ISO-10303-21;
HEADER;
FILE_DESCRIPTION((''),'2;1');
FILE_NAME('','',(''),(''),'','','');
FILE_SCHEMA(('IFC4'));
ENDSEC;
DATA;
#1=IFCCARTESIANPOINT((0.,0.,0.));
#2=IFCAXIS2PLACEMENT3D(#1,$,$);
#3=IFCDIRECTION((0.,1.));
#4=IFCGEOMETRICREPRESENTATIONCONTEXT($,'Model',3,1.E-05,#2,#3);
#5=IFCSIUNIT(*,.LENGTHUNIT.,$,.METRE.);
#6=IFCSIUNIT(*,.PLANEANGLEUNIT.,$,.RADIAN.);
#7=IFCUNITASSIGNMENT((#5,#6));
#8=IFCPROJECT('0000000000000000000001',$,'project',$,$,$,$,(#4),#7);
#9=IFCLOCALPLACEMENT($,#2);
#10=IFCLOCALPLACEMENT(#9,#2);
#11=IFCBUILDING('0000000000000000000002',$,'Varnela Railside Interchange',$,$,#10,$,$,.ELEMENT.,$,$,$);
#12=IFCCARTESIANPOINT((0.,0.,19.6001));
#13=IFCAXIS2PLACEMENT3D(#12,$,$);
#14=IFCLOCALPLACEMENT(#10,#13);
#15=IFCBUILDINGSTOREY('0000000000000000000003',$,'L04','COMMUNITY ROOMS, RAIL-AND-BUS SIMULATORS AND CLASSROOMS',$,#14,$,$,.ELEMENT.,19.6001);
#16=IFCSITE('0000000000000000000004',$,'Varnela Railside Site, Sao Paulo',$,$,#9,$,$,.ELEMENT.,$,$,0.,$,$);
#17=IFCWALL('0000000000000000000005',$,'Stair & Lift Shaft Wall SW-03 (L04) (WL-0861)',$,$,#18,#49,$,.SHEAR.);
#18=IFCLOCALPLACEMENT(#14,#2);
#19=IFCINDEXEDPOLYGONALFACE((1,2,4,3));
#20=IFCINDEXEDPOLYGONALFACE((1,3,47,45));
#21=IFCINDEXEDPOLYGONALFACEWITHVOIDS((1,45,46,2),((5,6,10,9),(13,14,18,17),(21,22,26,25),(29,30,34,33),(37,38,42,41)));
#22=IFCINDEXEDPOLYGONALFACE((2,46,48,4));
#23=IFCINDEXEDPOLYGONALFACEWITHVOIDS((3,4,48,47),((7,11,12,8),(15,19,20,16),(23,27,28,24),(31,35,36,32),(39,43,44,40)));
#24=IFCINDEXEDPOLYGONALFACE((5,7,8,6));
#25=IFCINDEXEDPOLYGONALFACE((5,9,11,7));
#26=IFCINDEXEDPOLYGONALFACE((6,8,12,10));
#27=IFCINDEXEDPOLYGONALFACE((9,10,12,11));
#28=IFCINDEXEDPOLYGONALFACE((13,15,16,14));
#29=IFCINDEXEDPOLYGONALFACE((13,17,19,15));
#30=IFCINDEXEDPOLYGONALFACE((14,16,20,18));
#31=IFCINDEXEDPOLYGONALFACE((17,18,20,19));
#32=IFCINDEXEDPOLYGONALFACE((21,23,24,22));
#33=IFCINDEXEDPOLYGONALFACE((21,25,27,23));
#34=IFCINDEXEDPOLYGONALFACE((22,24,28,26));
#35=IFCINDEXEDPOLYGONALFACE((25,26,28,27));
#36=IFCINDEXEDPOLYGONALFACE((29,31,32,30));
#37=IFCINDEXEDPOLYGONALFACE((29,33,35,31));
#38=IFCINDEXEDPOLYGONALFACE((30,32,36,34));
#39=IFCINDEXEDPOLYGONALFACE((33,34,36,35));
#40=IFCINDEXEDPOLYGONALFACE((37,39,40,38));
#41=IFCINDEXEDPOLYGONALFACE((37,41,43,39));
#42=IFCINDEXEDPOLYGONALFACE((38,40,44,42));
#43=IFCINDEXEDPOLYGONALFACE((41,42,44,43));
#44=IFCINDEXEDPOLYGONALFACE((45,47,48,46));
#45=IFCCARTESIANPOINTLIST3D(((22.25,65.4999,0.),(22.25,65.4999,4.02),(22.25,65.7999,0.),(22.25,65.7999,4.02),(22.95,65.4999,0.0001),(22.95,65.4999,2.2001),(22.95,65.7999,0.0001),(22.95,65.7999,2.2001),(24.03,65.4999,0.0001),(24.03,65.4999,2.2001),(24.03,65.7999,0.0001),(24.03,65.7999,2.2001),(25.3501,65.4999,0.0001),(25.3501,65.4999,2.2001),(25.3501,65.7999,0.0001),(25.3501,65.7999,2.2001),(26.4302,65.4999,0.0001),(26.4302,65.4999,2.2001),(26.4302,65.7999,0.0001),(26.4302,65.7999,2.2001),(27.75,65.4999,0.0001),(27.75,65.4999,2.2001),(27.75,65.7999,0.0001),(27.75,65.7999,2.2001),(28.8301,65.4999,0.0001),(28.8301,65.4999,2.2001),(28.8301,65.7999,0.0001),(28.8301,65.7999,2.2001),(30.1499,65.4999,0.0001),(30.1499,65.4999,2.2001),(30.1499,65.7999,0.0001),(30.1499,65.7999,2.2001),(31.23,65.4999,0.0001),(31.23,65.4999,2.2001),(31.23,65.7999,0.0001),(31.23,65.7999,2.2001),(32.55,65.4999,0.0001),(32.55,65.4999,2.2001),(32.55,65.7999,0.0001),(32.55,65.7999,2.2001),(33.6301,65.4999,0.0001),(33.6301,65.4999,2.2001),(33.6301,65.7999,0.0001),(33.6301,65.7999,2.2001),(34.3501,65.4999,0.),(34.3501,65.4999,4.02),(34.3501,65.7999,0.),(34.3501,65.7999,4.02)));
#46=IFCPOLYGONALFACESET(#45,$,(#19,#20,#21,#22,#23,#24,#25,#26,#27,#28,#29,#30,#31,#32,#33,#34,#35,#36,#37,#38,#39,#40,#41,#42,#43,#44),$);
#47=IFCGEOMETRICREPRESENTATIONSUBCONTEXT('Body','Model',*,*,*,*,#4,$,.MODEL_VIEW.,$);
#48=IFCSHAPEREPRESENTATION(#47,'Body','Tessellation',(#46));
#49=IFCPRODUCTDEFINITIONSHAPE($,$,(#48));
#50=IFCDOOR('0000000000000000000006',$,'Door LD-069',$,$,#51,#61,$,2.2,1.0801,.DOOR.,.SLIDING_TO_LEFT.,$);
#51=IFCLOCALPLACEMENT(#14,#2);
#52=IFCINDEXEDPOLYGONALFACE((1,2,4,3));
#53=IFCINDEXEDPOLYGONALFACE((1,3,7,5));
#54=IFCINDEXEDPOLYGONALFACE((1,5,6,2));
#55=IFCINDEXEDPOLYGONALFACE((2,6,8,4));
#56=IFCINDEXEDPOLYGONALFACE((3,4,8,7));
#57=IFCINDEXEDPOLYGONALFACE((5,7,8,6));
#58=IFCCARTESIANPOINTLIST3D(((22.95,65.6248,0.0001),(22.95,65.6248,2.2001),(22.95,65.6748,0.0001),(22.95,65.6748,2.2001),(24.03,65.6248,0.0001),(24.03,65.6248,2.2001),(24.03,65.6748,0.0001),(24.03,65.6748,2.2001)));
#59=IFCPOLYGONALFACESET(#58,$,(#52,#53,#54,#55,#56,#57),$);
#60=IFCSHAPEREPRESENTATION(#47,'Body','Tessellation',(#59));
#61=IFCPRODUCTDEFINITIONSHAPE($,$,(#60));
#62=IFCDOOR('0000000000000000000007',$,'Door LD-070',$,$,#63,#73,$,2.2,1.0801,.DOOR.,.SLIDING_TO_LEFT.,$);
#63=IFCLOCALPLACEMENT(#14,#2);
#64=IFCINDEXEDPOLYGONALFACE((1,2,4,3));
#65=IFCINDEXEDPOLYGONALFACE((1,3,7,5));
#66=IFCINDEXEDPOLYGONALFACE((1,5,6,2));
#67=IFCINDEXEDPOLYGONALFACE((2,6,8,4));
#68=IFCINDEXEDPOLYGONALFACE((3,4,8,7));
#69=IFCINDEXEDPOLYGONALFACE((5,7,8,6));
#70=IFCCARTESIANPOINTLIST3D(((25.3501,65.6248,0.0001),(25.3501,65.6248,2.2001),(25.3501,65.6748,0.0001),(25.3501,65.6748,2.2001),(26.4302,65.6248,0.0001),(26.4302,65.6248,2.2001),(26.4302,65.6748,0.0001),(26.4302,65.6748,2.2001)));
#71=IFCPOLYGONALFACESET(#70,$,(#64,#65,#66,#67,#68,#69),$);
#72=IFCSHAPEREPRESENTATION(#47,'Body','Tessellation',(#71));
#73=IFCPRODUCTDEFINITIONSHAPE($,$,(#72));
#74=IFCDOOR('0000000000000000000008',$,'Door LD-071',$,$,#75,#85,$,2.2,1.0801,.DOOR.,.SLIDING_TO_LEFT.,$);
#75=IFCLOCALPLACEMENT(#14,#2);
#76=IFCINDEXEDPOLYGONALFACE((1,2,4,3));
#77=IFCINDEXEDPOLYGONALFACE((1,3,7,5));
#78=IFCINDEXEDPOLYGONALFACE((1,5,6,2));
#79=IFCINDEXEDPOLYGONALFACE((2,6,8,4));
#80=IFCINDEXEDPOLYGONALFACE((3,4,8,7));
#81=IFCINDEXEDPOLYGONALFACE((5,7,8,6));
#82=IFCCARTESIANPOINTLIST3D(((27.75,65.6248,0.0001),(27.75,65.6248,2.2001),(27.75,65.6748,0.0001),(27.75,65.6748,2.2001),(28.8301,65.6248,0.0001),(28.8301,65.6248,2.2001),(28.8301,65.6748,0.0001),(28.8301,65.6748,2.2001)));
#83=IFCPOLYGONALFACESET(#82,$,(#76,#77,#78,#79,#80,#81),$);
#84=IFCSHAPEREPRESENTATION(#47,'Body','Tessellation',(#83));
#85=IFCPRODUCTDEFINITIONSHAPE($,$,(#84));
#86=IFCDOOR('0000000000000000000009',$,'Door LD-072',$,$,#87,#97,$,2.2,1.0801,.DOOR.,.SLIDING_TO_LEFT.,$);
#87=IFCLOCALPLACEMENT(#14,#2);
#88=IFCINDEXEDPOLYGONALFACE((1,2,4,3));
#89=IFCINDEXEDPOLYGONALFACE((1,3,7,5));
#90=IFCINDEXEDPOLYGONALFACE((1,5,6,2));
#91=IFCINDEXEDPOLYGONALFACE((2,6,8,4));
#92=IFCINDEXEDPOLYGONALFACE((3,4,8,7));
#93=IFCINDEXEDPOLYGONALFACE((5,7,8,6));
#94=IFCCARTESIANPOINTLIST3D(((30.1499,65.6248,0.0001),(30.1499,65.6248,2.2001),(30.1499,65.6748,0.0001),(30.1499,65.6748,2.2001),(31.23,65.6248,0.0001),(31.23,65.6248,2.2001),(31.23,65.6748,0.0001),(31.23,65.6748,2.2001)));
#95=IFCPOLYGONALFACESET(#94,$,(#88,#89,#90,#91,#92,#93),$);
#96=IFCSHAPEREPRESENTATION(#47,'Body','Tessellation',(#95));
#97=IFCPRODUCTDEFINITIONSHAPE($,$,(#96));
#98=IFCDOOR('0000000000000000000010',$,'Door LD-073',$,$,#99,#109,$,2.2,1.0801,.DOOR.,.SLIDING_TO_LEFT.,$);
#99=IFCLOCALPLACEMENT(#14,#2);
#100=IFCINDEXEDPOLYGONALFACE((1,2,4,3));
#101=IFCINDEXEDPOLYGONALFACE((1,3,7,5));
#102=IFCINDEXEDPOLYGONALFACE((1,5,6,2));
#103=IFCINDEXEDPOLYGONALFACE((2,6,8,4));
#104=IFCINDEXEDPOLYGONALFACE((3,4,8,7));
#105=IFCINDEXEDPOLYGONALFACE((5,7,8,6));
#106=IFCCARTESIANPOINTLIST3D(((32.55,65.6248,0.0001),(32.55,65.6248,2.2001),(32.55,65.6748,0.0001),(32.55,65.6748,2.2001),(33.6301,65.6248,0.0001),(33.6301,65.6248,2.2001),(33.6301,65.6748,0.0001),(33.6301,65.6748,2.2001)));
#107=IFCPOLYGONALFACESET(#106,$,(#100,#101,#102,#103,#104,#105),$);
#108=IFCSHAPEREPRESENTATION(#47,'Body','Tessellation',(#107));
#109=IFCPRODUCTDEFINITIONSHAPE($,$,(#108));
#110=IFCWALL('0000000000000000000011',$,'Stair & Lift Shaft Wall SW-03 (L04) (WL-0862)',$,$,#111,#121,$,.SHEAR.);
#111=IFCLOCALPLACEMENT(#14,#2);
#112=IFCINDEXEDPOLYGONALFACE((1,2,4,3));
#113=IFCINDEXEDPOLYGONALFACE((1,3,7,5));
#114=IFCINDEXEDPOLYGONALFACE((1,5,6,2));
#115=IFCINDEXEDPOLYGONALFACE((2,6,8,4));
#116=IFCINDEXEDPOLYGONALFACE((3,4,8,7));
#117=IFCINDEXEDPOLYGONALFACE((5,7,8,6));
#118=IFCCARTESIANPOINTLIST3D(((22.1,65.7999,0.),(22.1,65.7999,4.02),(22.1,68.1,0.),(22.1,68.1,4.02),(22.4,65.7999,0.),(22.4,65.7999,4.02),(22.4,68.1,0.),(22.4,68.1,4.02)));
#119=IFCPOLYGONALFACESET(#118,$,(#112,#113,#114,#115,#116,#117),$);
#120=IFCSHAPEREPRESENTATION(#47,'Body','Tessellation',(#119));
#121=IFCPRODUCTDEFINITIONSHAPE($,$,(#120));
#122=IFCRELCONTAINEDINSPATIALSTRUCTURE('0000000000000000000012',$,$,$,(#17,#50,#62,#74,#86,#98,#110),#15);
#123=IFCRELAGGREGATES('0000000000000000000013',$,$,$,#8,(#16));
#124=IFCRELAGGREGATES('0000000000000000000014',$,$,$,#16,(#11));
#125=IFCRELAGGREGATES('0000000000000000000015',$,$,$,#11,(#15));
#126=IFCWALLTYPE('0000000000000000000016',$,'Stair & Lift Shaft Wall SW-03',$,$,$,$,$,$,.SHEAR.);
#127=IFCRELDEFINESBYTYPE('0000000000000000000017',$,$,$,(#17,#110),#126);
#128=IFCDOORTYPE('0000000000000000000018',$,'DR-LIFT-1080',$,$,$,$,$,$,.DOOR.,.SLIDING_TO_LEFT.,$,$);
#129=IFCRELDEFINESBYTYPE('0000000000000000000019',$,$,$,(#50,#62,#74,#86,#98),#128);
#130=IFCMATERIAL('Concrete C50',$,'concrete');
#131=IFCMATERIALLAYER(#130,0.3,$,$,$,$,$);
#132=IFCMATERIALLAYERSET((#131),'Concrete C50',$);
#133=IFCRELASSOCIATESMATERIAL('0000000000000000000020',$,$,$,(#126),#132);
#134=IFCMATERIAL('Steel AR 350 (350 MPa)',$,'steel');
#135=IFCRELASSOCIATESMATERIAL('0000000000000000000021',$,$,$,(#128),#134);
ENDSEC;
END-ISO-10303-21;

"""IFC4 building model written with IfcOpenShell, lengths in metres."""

from ifc_helpers import new_model, si_unit, direction, frame, frame_2d, origin, place, context, subcontext, project, spatial, rectangle, extrude, material, layer, layer_set, type_object, element, fill, save


model = new_model("IFC4")

# Units and contexts
model_context = context("Model", 3, precision=1e-05, world=origin(), true_north=direction((0.0, 1.0)))
body_context = subcontext(model_context, "Body", "Model", "MODEL_VIEW")
ifc_project = project(units=[si_unit("LENGTHUNIT", "METRE"), si_unit("PLANEANGLEUNIT", "RADIAN")], contexts=[model_context])

# Site, building, storey
site_placement = place(None, origin())
site = spatial("IfcSite", under=ifc_project, at=site_placement, Name="Varnela Railside Site, Sao Paulo", CompositionType="ELEMENT", RefElevation=0.0)
building_placement = place(site_placement, origin())
building = spatial("IfcBuilding", under=site, at=building_placement, Name="Varnela Railside Interchange", CompositionType="ELEMENT")
storey_placement = place(building_placement, frame((0.0, 0.0, 19.6001)))
storey = spatial("IfcBuildingStorey", under=building, at=storey_placement, Name="L04", Description="COMMUNITY ROOMS, RAIL-AND-BUS SIMULATORS AND CLASSROOMS", CompositionType="ELEMENT", Elevation=19.6001)

# Shared definitions
ifc_material_1 = material(Name="Concrete C50", Category="concrete")
ifc_layer = layer(ifc_material_1, 0.3)
ifc_layer_set = layer_set([ifc_layer], Name="Concrete C50")
wall_type = type_object("IfcWallType", Name="Stair & Lift Shaft Wall SW-03", PredefinedType="SHEAR", material=ifc_layer_set)
ifc_material_2 = material(Name="Steel AR 350 (350 MPa)", Category="steel")
door_type = type_object("IfcDoorType", Name="DR-LIFT-1080", OperationType="SLIDING_TO_LEFT", PredefinedType="DOOR", material=ifc_material_2)

# Wall, openings, doors
wall_1_placement = place(storey_placement, frame((22.25, 65.6499, 0.0), z_axis=(0.0, 0.0, 1.0), x_axis=(1.0, 0.0, 0.0)))
wall_1 = element("IfcWall", 1, at=wall_1_placement, inside=storey, type_object=wall_type, Name="Stair & Lift Shaft Wall SW-03 (L04) (WL-0861)", PredefinedType="SHEAR", context=body_context, shape_type="SweptSolid", body=[
    extrude(rectangle(XDim=12.1001, YDim=0.3, at=frame_2d((6.05, 0.0))), origin(), (0.0, 0.0, 1.0), 4.02),
])
opening_1_placement = place(wall_1_placement, frame((0.7, 0.0, 0.0)))
opening_1 = element("IfcOpeningElement", 2, at=opening_1_placement, cuts=wall_1, PredefinedType="OPENING", context=body_context, shape_type="SweptSolid", body=[
    extrude(rectangle(XDim=1.0801, YDim=2.2, at=frame_2d((0.54, 1.1001))), frame((0.0, 0.1599, 0.0), z_axis=(0.0, -1.0, 0.0), x_axis=(1.0, 0.0, 0.0)), (0.0, 0.0, 1.0), 0.3201),
])
opening_2_placement = place(wall_1_placement, frame((3.1001, 0.0, 0.0)))
opening_2 = element("IfcOpeningElement", 3, at=opening_2_placement, cuts=wall_1, PredefinedType="OPENING", context=body_context, shape_type="SweptSolid", body=[
    extrude(rectangle(XDim=1.0801, YDim=2.2, at=frame_2d((0.54, 1.1001))), frame((0.0, 0.1599, 0.0), z_axis=(0.0, -1.0, 0.0), x_axis=(1.0, 0.0, 0.0)), (0.0, 0.0, 1.0), 0.3201),
])
opening_3_placement = place(wall_1_placement, frame((5.5, 0.0, 0.0)))
opening_3 = element("IfcOpeningElement", 4, at=opening_3_placement, cuts=wall_1, PredefinedType="OPENING", context=body_context, shape_type="SweptSolid", body=[
    extrude(rectangle(XDim=1.0801, YDim=2.2, at=frame_2d((0.54, 1.1001))), frame((0.0, 0.1599, 0.0), z_axis=(0.0, -1.0, 0.0), x_axis=(1.0, 0.0, 0.0)), (0.0, 0.0, 1.0), 0.3201),
])
opening_4_placement = place(wall_1_placement, frame((7.8999, 0.0, 0.0)))
opening_4 = element("IfcOpeningElement", 5, at=opening_4_placement, cuts=wall_1, PredefinedType="OPENING", context=body_context, shape_type="SweptSolid", body=[
    extrude(rectangle(XDim=1.0801, YDim=2.2, at=frame_2d((0.54, 1.1001))), frame((0.0, 0.1599, 0.0), z_axis=(0.0, -1.0, 0.0), x_axis=(1.0, 0.0, 0.0)), (0.0, 0.0, 1.0), 0.3201),
])
opening_5_placement = place(wall_1_placement, frame((10.3, 0.0, 0.0)))
opening_5 = element("IfcOpeningElement", 6, at=opening_5_placement, cuts=wall_1, PredefinedType="OPENING", context=body_context, shape_type="SweptSolid", body=[
    extrude(rectangle(XDim=1.0801, YDim=2.2, at=frame_2d((0.54, 1.1001))), frame((0.0, 0.1599, 0.0), z_axis=(0.0, -1.0, 0.0), x_axis=(1.0, 0.0, 0.0)), (0.0, 0.0, 1.0), 0.3201),
])
door_1_placement = place(opening_1_placement, origin())
door_1 = element("IfcDoor", 7, at=door_1_placement, inside=storey, type_object=door_type, Name="Door LD-069", OperationType="SLIDING_TO_LEFT", OverallHeight=2.2, OverallWidth=1.0801, PredefinedType="DOOR", context=body_context, shape_type="SweptSolid", body=[
    extrude(rectangle(XDim=1.0801, YDim=2.2, at=frame_2d((0.54, 1.1001))), frame((0.0, 0.0249, 0.0), z_axis=(0.0, -1.0, 0.0), x_axis=(1.0, 0.0, 0.0)), (0.0, 0.0, 1.0), 0.05),
])
fill(opening_1, door_1)
door_2_placement = place(opening_2_placement, origin())
door_2 = element("IfcDoor", 8, at=door_2_placement, inside=storey, type_object=door_type, Name="Door LD-070", OperationType="SLIDING_TO_LEFT", OverallHeight=2.2, OverallWidth=1.0801, PredefinedType="DOOR", context=body_context, shape_type="SweptSolid", body=[
    extrude(rectangle(XDim=1.0801, YDim=2.2, at=frame_2d((0.54, 1.1001))), frame((0.0, 0.0249, 0.0), z_axis=(0.0, -1.0, 0.0), x_axis=(1.0, 0.0, 0.0)), (0.0, 0.0, 1.0), 0.05),
])
fill(opening_2, door_2)
door_3_placement = place(opening_3_placement, origin())
door_3 = element("IfcDoor", 9, at=door_3_placement, inside=storey, type_object=door_type, Name="Door LD-071", OperationType="SLIDING_TO_LEFT", OverallHeight=2.2, OverallWidth=1.0801, PredefinedType="DOOR", context=body_context, shape_type="SweptSolid", body=[
    extrude(rectangle(XDim=1.0801, YDim=2.2, at=frame_2d((0.54, 1.1001))), frame((0.0, 0.0249, 0.0), z_axis=(0.0, -1.0, 0.0), x_axis=(1.0, 0.0, 0.0)), (0.0, 0.0, 1.0), 0.05),
])
fill(opening_3, door_3)
door_4_placement = place(opening_4_placement, origin())
door_4 = element("IfcDoor", 10, at=door_4_placement, inside=storey, type_object=door_type, Name="Door LD-072", OperationType="SLIDING_TO_LEFT", OverallHeight=2.2, OverallWidth=1.0801, PredefinedType="DOOR", context=body_context, shape_type="SweptSolid", body=[
    extrude(rectangle(XDim=1.0801, YDim=2.2, at=frame_2d((0.54, 1.1001))), frame((0.0, 0.0249, 0.0), z_axis=(0.0, -1.0, 0.0), x_axis=(1.0, 0.0, 0.0)), (0.0, 0.0, 1.0), 0.05),
])
fill(opening_4, door_4)
door_5_placement = place(opening_5_placement, origin())
door_5 = element("IfcDoor", 11, at=door_5_placement, inside=storey, type_object=door_type, Name="Door LD-073", OperationType="SLIDING_TO_LEFT", OverallHeight=2.2, OverallWidth=1.0801, PredefinedType="DOOR", context=body_context, shape_type="SweptSolid", body=[
    extrude(rectangle(XDim=1.0801, YDim=2.2, at=frame_2d((0.54, 1.1001))), frame((0.0, 0.0249, 0.0), z_axis=(0.0, -1.0, 0.0), x_axis=(1.0, 0.0, 0.0)), (0.0, 0.0, 1.0), 0.05),
])
fill(opening_5, door_5)

# Wall
wall_2_placement = place(storey_placement, frame((22.25, 65.8, 0.0), z_axis=(0.0, 0.0, 1.0), x_axis=(0.0, 1.0, 0.0)))
element("IfcWall", 12, at=wall_2_placement, inside=storey, type_object=wall_type, Name="Stair & Lift Shaft Wall SW-03 (L04) (WL-0862)", PredefinedType="SHEAR", context=body_context, shape_type="SweptSolid", body=[
    extrude(rectangle(XDim=2.3, YDim=0.3, at=frame_2d((1.1499, 0.0))), origin(), (0.0, 0.0, 1.0), 4.02),
])

save(model, "model.ifc")
